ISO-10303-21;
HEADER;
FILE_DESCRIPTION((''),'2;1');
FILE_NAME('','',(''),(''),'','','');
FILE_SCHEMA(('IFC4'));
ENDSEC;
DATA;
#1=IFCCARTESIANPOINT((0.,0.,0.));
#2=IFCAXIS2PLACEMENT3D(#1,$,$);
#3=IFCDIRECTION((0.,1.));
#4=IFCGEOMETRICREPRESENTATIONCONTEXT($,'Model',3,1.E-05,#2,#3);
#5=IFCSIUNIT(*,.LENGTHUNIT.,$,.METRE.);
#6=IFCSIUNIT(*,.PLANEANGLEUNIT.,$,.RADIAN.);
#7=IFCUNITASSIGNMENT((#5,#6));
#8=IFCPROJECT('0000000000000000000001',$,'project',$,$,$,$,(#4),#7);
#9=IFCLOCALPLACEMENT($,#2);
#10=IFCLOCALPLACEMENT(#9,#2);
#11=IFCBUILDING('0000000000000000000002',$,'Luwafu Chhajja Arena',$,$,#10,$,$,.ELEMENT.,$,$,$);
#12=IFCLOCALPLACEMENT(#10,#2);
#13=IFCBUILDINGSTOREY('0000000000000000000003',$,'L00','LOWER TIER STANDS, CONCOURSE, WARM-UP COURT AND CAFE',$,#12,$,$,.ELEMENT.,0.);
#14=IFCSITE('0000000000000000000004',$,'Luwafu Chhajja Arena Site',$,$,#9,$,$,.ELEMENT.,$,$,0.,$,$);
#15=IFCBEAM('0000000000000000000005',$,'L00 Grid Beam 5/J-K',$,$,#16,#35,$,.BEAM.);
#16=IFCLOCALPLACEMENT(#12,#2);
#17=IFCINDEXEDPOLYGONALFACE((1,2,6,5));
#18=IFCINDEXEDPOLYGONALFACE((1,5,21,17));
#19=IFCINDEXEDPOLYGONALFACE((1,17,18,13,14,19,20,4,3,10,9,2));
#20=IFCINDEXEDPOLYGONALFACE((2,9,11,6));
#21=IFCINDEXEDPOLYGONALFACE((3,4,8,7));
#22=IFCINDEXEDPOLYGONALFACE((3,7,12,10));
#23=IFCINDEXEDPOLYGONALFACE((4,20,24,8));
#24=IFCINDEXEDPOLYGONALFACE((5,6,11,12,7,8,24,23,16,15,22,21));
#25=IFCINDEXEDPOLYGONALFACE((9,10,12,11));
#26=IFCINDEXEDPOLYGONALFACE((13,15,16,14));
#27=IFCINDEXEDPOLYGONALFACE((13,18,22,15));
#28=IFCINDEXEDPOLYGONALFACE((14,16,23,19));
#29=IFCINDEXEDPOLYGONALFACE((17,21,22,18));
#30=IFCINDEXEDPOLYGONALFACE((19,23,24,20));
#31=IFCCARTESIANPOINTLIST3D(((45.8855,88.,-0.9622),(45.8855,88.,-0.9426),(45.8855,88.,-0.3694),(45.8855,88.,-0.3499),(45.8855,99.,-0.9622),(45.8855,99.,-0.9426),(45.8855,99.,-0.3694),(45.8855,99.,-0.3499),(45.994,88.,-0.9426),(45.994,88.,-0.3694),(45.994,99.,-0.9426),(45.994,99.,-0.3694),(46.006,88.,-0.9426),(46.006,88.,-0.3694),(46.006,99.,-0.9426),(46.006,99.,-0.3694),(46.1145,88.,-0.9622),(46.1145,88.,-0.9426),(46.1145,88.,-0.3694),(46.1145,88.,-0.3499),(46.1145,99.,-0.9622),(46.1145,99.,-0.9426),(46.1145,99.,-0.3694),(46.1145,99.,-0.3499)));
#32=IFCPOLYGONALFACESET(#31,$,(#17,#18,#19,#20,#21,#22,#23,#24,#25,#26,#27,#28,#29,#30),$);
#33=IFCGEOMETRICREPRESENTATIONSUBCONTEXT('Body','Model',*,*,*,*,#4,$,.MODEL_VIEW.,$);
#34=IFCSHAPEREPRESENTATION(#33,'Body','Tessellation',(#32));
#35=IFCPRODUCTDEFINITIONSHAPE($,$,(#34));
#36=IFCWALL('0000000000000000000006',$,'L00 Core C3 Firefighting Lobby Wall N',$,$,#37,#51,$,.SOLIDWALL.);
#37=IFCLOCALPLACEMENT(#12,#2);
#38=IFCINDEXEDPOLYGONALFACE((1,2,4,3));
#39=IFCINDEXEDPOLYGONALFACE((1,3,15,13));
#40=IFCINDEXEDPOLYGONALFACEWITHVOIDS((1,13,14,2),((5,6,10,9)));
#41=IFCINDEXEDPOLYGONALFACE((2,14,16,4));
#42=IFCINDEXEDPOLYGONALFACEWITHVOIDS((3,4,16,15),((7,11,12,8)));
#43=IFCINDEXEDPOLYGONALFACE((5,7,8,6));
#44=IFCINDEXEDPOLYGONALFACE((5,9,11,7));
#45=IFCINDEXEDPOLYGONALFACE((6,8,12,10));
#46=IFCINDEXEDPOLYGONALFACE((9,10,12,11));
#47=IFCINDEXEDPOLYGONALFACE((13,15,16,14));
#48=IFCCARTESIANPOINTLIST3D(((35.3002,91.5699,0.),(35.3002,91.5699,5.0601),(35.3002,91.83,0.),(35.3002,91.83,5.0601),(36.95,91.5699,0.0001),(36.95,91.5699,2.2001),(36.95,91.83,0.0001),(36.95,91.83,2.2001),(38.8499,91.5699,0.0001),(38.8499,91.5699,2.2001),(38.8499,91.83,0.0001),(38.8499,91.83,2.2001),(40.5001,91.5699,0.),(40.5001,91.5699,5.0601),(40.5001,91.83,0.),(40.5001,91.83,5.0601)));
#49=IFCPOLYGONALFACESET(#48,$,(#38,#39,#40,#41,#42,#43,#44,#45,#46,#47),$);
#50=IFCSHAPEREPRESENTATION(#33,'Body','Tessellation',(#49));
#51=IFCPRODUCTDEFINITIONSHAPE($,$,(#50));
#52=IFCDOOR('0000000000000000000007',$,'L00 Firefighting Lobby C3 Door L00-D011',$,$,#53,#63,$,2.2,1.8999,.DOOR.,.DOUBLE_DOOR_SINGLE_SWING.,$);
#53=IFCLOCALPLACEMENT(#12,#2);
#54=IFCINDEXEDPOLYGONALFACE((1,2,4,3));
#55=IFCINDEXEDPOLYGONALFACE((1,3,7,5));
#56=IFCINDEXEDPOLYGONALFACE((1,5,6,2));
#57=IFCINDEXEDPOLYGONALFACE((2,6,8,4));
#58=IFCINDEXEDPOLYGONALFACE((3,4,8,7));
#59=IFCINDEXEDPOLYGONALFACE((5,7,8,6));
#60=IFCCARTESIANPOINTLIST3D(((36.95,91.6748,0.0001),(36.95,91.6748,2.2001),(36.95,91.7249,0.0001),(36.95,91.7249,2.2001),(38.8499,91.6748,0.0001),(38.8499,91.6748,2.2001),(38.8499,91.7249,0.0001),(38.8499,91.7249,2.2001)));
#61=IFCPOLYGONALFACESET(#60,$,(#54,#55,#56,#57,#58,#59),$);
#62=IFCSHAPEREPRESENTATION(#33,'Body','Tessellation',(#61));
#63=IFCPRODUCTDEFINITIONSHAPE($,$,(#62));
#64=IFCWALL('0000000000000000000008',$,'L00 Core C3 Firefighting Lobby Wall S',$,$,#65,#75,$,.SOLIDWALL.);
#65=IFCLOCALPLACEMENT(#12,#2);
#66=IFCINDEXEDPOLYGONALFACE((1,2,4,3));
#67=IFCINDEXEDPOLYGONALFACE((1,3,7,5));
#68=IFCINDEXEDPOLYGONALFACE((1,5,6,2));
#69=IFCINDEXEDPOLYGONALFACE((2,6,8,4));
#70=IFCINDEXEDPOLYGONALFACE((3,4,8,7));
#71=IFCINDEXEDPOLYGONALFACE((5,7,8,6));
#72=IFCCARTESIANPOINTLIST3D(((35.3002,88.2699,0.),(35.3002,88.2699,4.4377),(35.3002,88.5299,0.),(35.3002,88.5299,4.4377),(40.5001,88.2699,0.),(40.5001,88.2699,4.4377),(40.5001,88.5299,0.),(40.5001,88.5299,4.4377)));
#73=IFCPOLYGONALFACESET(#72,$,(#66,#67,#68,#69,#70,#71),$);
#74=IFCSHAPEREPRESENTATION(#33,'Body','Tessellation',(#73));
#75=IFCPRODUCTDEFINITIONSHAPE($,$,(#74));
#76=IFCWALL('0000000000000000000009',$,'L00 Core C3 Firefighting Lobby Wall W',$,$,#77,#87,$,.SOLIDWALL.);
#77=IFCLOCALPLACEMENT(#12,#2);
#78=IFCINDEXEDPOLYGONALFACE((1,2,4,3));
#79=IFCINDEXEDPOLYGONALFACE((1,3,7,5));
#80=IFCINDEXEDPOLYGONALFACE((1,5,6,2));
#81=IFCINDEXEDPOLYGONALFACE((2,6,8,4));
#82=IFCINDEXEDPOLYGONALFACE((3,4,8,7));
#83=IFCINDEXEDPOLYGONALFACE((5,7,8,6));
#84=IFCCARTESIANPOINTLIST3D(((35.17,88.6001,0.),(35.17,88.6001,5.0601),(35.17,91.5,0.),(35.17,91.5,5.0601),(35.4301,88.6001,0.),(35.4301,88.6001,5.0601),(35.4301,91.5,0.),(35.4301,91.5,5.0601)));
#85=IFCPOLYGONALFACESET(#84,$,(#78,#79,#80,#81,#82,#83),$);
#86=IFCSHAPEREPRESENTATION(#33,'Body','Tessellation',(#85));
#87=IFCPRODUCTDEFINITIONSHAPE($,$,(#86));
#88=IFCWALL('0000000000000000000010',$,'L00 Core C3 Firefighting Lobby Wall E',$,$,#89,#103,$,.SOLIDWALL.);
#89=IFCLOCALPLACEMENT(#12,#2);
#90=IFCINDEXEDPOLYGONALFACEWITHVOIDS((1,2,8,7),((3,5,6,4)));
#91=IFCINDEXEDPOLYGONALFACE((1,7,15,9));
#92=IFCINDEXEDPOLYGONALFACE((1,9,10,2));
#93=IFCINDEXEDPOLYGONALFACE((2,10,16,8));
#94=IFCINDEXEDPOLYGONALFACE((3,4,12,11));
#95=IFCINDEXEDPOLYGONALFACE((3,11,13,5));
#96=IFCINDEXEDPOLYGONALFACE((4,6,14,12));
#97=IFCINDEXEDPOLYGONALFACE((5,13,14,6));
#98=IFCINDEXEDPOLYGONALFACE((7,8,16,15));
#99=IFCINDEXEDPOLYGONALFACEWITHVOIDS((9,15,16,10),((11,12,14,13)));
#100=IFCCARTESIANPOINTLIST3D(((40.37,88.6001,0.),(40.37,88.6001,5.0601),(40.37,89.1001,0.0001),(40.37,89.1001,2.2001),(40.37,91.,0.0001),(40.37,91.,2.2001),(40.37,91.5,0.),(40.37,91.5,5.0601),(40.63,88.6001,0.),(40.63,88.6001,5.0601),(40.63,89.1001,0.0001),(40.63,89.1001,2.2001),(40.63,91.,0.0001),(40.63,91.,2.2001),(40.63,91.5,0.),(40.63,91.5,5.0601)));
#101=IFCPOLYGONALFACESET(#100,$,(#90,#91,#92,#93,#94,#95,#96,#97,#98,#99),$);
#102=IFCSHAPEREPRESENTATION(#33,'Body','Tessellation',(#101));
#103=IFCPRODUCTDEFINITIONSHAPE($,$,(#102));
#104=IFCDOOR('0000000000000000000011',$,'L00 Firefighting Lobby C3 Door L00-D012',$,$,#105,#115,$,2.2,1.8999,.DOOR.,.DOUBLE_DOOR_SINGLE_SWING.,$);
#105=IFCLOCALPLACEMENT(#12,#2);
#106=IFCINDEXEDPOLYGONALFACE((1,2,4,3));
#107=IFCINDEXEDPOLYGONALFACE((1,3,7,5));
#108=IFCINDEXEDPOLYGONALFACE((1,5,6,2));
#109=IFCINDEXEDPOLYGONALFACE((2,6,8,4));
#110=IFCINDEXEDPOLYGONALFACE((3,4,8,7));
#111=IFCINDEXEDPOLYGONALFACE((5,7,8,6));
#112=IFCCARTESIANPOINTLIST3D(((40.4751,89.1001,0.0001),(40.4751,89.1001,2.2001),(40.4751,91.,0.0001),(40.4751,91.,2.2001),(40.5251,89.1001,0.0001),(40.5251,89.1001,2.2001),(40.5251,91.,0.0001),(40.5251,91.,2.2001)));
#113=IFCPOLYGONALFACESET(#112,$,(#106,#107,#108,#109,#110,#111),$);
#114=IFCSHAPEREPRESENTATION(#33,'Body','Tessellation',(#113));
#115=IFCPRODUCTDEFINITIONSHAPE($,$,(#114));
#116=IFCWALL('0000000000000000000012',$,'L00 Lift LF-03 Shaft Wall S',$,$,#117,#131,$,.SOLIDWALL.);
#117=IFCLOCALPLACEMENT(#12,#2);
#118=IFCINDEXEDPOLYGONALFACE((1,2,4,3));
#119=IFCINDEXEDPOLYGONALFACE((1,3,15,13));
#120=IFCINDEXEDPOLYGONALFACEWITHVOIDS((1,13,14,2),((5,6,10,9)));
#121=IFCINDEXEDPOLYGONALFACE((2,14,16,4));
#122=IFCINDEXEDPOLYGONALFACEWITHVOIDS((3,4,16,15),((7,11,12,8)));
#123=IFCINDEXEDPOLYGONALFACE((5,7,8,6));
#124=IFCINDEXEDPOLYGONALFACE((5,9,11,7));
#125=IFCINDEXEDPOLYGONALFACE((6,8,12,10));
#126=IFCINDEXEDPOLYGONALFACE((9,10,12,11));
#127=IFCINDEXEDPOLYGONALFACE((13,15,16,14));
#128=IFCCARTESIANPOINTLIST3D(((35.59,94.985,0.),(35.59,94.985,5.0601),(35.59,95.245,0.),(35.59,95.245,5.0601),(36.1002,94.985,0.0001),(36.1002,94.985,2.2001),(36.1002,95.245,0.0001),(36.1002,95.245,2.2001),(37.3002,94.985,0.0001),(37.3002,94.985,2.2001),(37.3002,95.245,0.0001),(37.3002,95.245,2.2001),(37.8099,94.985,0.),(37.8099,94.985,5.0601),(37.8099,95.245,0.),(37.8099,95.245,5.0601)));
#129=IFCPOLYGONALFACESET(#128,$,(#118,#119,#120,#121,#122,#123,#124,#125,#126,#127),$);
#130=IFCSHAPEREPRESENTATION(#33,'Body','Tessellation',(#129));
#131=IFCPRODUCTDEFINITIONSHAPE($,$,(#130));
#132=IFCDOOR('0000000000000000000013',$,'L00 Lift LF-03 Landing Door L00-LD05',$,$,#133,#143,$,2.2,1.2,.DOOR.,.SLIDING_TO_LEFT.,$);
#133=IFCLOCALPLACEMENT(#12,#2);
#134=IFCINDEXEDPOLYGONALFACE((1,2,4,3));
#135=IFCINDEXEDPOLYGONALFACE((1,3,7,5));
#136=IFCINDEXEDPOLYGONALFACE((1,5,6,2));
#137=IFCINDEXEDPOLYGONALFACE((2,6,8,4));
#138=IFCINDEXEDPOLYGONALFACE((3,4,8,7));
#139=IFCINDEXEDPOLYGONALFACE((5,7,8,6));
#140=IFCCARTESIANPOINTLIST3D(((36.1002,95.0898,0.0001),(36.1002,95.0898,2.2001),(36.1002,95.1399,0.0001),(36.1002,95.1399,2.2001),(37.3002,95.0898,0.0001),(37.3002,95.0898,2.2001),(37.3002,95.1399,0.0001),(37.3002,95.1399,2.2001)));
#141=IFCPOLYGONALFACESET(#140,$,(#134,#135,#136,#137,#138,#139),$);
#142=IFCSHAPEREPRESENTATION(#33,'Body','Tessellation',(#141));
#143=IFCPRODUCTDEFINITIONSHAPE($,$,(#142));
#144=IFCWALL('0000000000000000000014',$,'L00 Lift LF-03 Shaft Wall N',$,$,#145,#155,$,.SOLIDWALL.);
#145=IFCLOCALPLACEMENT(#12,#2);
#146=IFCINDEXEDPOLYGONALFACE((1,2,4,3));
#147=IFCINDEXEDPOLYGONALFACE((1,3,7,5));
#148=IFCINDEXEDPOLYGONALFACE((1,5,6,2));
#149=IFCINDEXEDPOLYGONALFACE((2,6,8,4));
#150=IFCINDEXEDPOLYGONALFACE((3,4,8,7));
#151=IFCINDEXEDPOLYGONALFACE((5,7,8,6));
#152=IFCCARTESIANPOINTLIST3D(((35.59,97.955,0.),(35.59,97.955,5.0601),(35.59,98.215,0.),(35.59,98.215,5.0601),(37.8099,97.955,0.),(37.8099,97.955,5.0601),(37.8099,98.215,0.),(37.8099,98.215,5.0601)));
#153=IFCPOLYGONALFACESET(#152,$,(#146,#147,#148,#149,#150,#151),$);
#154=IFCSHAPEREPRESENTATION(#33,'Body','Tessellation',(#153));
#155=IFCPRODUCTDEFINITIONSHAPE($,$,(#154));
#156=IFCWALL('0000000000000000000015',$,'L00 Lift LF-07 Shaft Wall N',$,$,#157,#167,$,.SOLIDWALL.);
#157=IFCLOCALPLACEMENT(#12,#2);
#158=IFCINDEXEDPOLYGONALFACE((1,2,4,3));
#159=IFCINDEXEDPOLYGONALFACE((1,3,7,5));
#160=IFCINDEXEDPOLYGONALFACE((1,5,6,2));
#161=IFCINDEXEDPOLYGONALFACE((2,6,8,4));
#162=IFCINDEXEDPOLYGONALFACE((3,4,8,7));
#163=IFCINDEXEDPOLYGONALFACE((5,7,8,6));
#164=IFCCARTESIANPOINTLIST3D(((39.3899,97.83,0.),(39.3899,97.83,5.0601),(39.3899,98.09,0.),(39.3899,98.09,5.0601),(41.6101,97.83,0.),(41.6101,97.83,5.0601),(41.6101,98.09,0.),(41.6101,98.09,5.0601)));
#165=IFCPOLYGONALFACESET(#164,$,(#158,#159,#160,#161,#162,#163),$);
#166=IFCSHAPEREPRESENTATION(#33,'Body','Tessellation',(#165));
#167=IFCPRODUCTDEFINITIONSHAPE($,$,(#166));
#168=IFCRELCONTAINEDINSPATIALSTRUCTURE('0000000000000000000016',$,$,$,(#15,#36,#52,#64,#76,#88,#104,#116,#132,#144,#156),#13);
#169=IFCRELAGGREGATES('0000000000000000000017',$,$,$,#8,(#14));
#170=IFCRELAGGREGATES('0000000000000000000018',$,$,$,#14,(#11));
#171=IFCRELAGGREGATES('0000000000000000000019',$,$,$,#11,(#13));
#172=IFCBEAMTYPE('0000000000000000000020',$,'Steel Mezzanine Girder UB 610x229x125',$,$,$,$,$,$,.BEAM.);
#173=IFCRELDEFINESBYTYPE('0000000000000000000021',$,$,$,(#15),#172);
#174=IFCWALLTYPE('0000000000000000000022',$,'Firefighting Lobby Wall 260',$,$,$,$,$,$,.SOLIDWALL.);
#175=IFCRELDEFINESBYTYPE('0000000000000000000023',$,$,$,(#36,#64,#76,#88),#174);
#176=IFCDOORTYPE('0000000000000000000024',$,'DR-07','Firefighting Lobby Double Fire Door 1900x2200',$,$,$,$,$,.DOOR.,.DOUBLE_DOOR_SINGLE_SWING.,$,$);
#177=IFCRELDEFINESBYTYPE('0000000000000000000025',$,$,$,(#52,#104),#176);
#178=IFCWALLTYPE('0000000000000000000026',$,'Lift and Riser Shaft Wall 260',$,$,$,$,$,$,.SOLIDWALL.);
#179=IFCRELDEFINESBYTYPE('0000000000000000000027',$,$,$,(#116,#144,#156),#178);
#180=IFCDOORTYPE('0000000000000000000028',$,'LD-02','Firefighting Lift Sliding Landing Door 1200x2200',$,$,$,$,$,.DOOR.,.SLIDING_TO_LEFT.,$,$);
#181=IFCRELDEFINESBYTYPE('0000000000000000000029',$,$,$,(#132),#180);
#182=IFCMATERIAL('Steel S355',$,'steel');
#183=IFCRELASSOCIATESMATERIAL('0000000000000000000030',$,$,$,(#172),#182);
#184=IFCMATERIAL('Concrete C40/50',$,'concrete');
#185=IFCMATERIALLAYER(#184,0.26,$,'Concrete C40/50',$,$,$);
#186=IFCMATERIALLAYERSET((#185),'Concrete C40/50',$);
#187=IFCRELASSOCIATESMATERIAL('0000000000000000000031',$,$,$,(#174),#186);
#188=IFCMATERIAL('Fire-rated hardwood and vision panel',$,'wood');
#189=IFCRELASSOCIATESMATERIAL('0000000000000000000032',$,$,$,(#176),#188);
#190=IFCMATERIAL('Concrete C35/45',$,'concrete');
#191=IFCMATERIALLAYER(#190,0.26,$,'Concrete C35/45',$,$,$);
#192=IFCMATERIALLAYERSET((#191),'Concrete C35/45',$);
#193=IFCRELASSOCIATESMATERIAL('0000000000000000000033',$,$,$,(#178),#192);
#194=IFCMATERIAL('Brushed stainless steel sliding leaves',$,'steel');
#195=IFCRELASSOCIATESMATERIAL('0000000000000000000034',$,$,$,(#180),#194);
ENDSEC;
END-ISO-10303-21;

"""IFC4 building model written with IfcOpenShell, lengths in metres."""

from ifc_helpers import new_model, si_unit, direction, frame, frame_2d, origin, origin_2d, place, context, subcontext, project, spatial, rectangle, i_section, extrude, material, layer, layer_set, material_profile, profile_set, type_object, element, fill, save


model = new_model("IFC4")

# Units and contexts
model_context = context("Model", 3, precision=1e-05, world=origin(), true_north=direction((0.0, 1.0)))
body_context = subcontext(model_context, "Body", "Model", "MODEL_VIEW")
ifc_project = project(units=[si_unit("LENGTHUNIT", "METRE"), si_unit("PLANEANGLEUNIT", "RADIAN")], contexts=[model_context])

# Site, building, storey
site_placement = place(None, origin())
site = spatial("IfcSite", under=ifc_project, at=site_placement, Name="Luwafu Chhajja Arena Site", CompositionType="ELEMENT", RefElevation=0.0)
building_placement = place(site_placement, origin())
building = spatial("IfcBuilding", under=site, at=building_placement, Name="Luwafu Chhajja Arena", CompositionType="ELEMENT")
storey_placement = place(building_placement, origin())
storey = spatial("IfcBuildingStorey", under=building, at=storey_placement, Name="L00", Description="LOWER TIER STANDS, CONCOURSE, WARM-UP COURT AND CAFE", CompositionType="ELEMENT", Elevation=0.0)

# Shared definitions
ifc_material_1 = material(Name="Concrete C35/45", Category="concrete")
ifc_material_2 = material(Name="Concrete C40/50", Category="concrete")

# Shared definitions
ifc_material_3 = material(Name="Steel S355", Category="steel")

# Beam
ifc_material_profile_1 = material_profile(ifc_material_3, i_section(OverallWidth=0.229, OverallDepth=0.6123, WebThickness=0.012, FlangeThickness=0.0195, at=origin_2d()), Name="UB 610x229x125")
ifc_profile_set_1 = profile_set([ifc_material_profile_1], Name="Steel S355")
beam_type_1 = type_object("IfcBeamType", Name="Steel Mezzanine Girder UB 610x229x125", PredefinedType="BEAM", material=ifc_profile_set_1)
beam_1_placement = place(storey_placement, frame((46.0, 88.0, -0.656), z_axis=(0.0, 1.0, 0.0), x_axis=(-1.0, 0.0, 0.0)))
element("IfcBeam", 1, at=beam_1_placement, inside=storey, type_object=beam_type_1, Name="L00 Grid Beam 5/J-K", PredefinedType="BEAM", context=body_context, shape_type="SweptSolid", body=[
    extrude(i_section(OverallWidth=0.229, OverallDepth=0.6123, WebThickness=0.012, FlangeThickness=0.0195, at=origin_2d()), origin(), (0.0, 0.0, 1.0), 11.0),
])

# Wall, opening, door
ifc_layer_1 = layer(ifc_material_2, 0.26, Name="Concrete C40/50")
ifc_layer_set_1 = layer_set([ifc_layer_1], Name="Concrete C40/50")
wall_type_1 = type_object("IfcWallType", Name="Firefighting Lobby Wall 260", PredefinedType="SOLIDWALL", material=ifc_layer_set_1)
wall_1_placement = place(storey_placement, frame((35.3, 91.7, 0.0), z_axis=(0.0, 0.0, 1.0), x_axis=(1.0, 0.0, 0.0)))
wall_1 = element("IfcWall", 2, at=wall_1_placement, inside=storey, type_object=wall_type_1, Name="L00 Core C3 Firefighting Lobby Wall N", PredefinedType="SOLIDWALL", context=body_context, shape_type="SweptSolid", body=[
    extrude(rectangle(XDim=5.2, YDim=0.26, at=frame_2d((2.6001, 0.0))), origin(), (0.0, 0.0, 1.0), 5.0601),
])
opening_1_placement = place(wall_1_placement, frame((1.6499, 0.0, 0.0)))
opening_1 = element("IfcOpeningElement", 3, at=opening_1_placement, cuts=wall_1, PredefinedType="OPENING", context=body_context, shape_type="SweptSolid", body=[
    extrude(rectangle(XDim=1.8999, YDim=2.2, at=frame_2d((0.95, 1.1001))), frame((0.0, 0.1399, 0.0), z_axis=(0.0, -1.0, 0.0), x_axis=(1.0, 0.0, 0.0)), (0.0, 0.0, 1.0), 0.28),
])
ifc_material_4 = material(Name="Fire-rated hardwood and vision panel", Category="wood")
door_type_1 = type_object("IfcDoorType", Name="DR-07", Description="Firefighting Lobby Double Fire Door 1900x2200", OperationType="DOUBLE_DOOR_SINGLE_SWING", PredefinedType="DOOR", material=ifc_material_4)
door_1_placement = place(opening_1_placement, origin())
door_1 = element("IfcDoor", 4, at=door_1_placement, inside=storey, type_object=door_type_1, Name="L00 Firefighting Lobby C3 Door L00-D011", OperationType="DOUBLE_DOOR_SINGLE_SWING", OverallHeight=2.2, OverallWidth=1.8999, PredefinedType="DOOR", context=body_context, shape_type="SweptSolid", body=[
    extrude(rectangle(XDim=1.8999, YDim=2.2, at=frame_2d((0.95, 1.1001))), frame((0.0, 0.0249, 0.0), z_axis=(0.0, -1.0, 0.0), x_axis=(1.0, 0.0, 0.0)), (0.0, 0.0, 1.0), 0.05),
])
fill(opening_1, door_1)

# Walls
wall_2_placement = place(storey_placement, frame((35.3, 88.3999, 0.0), z_axis=(0.0, 0.0, 1.0), x_axis=(1.0, 0.0, 0.0)))
element("IfcWall", 5, at=wall_2_placement, inside=storey, type_object=wall_type_1, Name="L00 Core C3 Firefighting Lobby Wall S", PredefinedType="SOLIDWALL", context=body_context, shape_type="SweptSolid", body=[
    extrude(rectangle(XDim=5.2, YDim=0.26, at=frame_2d((2.6001, 0.0))), origin(), (0.0, 0.0, 1.0), 4.4377),
])
wall_3_placement = place(storey_placement, frame((35.3, 88.6001, 0.0), z_axis=(0.0, 0.0, 1.0), x_axis=(0.0, 1.0, 0.0)))
element("IfcWall", 6, at=wall_3_placement, inside=storey, type_object=wall_type_1, Name="L00 Core C3 Firefighting Lobby Wall W", PredefinedType="SOLIDWALL", context=body_context, shape_type="SweptSolid", body=[
    extrude(rectangle(XDim=2.8999, YDim=0.26, at=frame_2d((1.45, 0.0))), origin(), (0.0, 0.0, 1.0), 5.0601),
])

# Walls, openings, doors
wall_4_placement = place(storey_placement, frame((40.5, 88.6001, 0.0), z_axis=(0.0, 0.0, 1.0), x_axis=(0.0, 1.0, 0.0)))
wall_4 = element("IfcWall", 7, at=wall_4_placement, inside=storey, type_object=wall_type_1, Name="L00 Core C3 Firefighting Lobby Wall E", PredefinedType="SOLIDWALL", context=body_context, shape_type="SweptSolid", body=[
    extrude(rectangle(XDim=2.8999, YDim=0.26, at=frame_2d((1.45, 0.0))), origin(), (0.0, 0.0, 1.0), 5.0601),
])
opening_2_placement = place(wall_4_placement, frame((0.5, 0.0, 0.0)))
opening_2 = element("IfcOpeningElement", 8, at=opening_2_placement, cuts=wall_4, PredefinedType="OPENING", context=body_context, shape_type="SweptSolid", body=[
    extrude(rectangle(XDim=1.8999, YDim=2.2, at=frame_2d((0.95, 1.1001))), frame((0.0, 0.1399, 0.0), z_axis=(0.0, -1.0, 0.0), x_axis=(1.0, 0.0, 0.0)), (0.0, 0.0, 1.0), 0.28),
])
door_2_placement = place(opening_2_placement, origin())
door_2 = element("IfcDoor", 9, at=door_2_placement, inside=storey, type_object=door_type_1, Name="L00 Firefighting Lobby C3 Door L00-D012", OperationType="DOUBLE_DOOR_SINGLE_SWING", OverallHeight=2.2, OverallWidth=1.8999, PredefinedType="DOOR", context=body_context, shape_type="SweptSolid", body=[
    extrude(rectangle(XDim=1.8999, YDim=2.2, at=frame_2d((0.95, 1.1001))), frame((0.0, 0.0249, 0.0), z_axis=(0.0, -1.0, 0.0), x_axis=(1.0, 0.0, 0.0)), (0.0, 0.0, 1.0), 0.05),
])
fill(opening_2, door_2)
ifc_layer_2 = layer(ifc_material_1, 0.26, Name="Concrete C35/45")
ifc_layer_set_2 = layer_set([ifc_layer_2], Name="Concrete C35/45")
wall_type_2 = type_object("IfcWallType", Name="Lift and Riser Shaft Wall 260", PredefinedType="SOLIDWALL", material=ifc_layer_set_2)
wall_5_placement = place(storey_placement, frame((35.5901, 95.115, 0.0), z_axis=(0.0, 0.0, 1.0), x_axis=(1.0, 0.0, 0.0)))
wall_5 = element("IfcWall", 10, at=wall_5_placement, inside=storey, type_object=wall_type_2, Name="L00 Lift LF-03 Shaft Wall S", PredefinedType="SOLIDWALL", context=body_context, shape_type="SweptSolid", body=[
    extrude(rectangle(XDim=2.22, YDim=0.26, at=frame_2d((1.1099, 0.0))), origin(), (0.0, 0.0, 1.0), 5.0601),
])
opening_3_placement = place(wall_5_placement, frame((0.51, 0.0, 0.0)))
opening_3 = element("IfcOpeningElement", 11, at=opening_3_placement, cuts=wall_5, PredefinedType="OPENING", context=body_context, shape_type="SweptSolid", body=[
    extrude(rectangle(XDim=1.2, YDim=2.2, at=frame_2d((0.6001, 1.1001))), frame((0.0, 0.1399, 0.0), z_axis=(0.0, -1.0, 0.0), x_axis=(1.0, 0.0, 0.0)), (0.0, 0.0, 1.0), 0.28),
])
ifc_material_5 = material(Name="Brushed stainless steel sliding leaves", Category="steel")
door_type_2 = type_object("IfcDoorType", Name="LD-02", Description="Firefighting Lift Sliding Landing Door 1200x2200", OperationType="SLIDING_TO_LEFT", PredefinedType="DOOR", material=ifc_material_5)
door_3_placement = place(opening_3_placement, origin())
door_3 = element("IfcDoor", 12, at=door_3_placement, inside=storey, type_object=door_type_2, Name="L00 Lift LF-03 Landing Door L00-LD05", OperationType="SLIDING_TO_LEFT", OverallHeight=2.2, OverallWidth=1.2, PredefinedType="DOOR", context=body_context, shape_type="SweptSolid", body=[
    extrude(rectangle(XDim=1.2, YDim=2.2, at=frame_2d((0.6001, 1.1001))), frame((0.0, 0.0249, 0.0), z_axis=(0.0, -1.0, 0.0), x_axis=(1.0, 0.0, 0.0)), (0.0, 0.0, 1.0), 0.05),
])
fill(opening_3, door_3)

# Wall
wall_6_placement = place(storey_placement, frame((35.5901, 98.085, 0.0), z_axis=(0.0, 0.0, 1.0), x_axis=(1.0, 0.0, 0.0)))
element("IfcWall", 13, at=wall_6_placement, inside=storey, type_object=wall_type_2, Name="L00 Lift LF-03 Shaft Wall N", PredefinedType="SOLIDWALL", context=body_context, shape_type="SweptSolid", body=[
    extrude(rectangle(XDim=2.22, YDim=0.26, at=frame_2d((1.1099, 0.0))), origin(), (0.0, 0.0, 1.0), 5.0601),
])

# Wall
wall_7_placement = place(storey_placement, frame((39.3899, 97.96, 0.0), z_axis=(0.0, 0.0, 1.0), x_axis=(1.0, 0.0, 0.0)))
element("IfcWall", 14, at=wall_7_placement, inside=storey, type_object=wall_type_2, Name="L00 Lift LF-07 Shaft Wall N", PredefinedType="SOLIDWALL", context=body_context, shape_type="SweptSolid", body=[
    extrude(rectangle(XDim=2.2202, YDim=0.26, at=frame_2d((1.1101, 0.0))), origin(), (0.0, 0.0, 1.0), 5.0601),
])

save(model, "model.ifc")
